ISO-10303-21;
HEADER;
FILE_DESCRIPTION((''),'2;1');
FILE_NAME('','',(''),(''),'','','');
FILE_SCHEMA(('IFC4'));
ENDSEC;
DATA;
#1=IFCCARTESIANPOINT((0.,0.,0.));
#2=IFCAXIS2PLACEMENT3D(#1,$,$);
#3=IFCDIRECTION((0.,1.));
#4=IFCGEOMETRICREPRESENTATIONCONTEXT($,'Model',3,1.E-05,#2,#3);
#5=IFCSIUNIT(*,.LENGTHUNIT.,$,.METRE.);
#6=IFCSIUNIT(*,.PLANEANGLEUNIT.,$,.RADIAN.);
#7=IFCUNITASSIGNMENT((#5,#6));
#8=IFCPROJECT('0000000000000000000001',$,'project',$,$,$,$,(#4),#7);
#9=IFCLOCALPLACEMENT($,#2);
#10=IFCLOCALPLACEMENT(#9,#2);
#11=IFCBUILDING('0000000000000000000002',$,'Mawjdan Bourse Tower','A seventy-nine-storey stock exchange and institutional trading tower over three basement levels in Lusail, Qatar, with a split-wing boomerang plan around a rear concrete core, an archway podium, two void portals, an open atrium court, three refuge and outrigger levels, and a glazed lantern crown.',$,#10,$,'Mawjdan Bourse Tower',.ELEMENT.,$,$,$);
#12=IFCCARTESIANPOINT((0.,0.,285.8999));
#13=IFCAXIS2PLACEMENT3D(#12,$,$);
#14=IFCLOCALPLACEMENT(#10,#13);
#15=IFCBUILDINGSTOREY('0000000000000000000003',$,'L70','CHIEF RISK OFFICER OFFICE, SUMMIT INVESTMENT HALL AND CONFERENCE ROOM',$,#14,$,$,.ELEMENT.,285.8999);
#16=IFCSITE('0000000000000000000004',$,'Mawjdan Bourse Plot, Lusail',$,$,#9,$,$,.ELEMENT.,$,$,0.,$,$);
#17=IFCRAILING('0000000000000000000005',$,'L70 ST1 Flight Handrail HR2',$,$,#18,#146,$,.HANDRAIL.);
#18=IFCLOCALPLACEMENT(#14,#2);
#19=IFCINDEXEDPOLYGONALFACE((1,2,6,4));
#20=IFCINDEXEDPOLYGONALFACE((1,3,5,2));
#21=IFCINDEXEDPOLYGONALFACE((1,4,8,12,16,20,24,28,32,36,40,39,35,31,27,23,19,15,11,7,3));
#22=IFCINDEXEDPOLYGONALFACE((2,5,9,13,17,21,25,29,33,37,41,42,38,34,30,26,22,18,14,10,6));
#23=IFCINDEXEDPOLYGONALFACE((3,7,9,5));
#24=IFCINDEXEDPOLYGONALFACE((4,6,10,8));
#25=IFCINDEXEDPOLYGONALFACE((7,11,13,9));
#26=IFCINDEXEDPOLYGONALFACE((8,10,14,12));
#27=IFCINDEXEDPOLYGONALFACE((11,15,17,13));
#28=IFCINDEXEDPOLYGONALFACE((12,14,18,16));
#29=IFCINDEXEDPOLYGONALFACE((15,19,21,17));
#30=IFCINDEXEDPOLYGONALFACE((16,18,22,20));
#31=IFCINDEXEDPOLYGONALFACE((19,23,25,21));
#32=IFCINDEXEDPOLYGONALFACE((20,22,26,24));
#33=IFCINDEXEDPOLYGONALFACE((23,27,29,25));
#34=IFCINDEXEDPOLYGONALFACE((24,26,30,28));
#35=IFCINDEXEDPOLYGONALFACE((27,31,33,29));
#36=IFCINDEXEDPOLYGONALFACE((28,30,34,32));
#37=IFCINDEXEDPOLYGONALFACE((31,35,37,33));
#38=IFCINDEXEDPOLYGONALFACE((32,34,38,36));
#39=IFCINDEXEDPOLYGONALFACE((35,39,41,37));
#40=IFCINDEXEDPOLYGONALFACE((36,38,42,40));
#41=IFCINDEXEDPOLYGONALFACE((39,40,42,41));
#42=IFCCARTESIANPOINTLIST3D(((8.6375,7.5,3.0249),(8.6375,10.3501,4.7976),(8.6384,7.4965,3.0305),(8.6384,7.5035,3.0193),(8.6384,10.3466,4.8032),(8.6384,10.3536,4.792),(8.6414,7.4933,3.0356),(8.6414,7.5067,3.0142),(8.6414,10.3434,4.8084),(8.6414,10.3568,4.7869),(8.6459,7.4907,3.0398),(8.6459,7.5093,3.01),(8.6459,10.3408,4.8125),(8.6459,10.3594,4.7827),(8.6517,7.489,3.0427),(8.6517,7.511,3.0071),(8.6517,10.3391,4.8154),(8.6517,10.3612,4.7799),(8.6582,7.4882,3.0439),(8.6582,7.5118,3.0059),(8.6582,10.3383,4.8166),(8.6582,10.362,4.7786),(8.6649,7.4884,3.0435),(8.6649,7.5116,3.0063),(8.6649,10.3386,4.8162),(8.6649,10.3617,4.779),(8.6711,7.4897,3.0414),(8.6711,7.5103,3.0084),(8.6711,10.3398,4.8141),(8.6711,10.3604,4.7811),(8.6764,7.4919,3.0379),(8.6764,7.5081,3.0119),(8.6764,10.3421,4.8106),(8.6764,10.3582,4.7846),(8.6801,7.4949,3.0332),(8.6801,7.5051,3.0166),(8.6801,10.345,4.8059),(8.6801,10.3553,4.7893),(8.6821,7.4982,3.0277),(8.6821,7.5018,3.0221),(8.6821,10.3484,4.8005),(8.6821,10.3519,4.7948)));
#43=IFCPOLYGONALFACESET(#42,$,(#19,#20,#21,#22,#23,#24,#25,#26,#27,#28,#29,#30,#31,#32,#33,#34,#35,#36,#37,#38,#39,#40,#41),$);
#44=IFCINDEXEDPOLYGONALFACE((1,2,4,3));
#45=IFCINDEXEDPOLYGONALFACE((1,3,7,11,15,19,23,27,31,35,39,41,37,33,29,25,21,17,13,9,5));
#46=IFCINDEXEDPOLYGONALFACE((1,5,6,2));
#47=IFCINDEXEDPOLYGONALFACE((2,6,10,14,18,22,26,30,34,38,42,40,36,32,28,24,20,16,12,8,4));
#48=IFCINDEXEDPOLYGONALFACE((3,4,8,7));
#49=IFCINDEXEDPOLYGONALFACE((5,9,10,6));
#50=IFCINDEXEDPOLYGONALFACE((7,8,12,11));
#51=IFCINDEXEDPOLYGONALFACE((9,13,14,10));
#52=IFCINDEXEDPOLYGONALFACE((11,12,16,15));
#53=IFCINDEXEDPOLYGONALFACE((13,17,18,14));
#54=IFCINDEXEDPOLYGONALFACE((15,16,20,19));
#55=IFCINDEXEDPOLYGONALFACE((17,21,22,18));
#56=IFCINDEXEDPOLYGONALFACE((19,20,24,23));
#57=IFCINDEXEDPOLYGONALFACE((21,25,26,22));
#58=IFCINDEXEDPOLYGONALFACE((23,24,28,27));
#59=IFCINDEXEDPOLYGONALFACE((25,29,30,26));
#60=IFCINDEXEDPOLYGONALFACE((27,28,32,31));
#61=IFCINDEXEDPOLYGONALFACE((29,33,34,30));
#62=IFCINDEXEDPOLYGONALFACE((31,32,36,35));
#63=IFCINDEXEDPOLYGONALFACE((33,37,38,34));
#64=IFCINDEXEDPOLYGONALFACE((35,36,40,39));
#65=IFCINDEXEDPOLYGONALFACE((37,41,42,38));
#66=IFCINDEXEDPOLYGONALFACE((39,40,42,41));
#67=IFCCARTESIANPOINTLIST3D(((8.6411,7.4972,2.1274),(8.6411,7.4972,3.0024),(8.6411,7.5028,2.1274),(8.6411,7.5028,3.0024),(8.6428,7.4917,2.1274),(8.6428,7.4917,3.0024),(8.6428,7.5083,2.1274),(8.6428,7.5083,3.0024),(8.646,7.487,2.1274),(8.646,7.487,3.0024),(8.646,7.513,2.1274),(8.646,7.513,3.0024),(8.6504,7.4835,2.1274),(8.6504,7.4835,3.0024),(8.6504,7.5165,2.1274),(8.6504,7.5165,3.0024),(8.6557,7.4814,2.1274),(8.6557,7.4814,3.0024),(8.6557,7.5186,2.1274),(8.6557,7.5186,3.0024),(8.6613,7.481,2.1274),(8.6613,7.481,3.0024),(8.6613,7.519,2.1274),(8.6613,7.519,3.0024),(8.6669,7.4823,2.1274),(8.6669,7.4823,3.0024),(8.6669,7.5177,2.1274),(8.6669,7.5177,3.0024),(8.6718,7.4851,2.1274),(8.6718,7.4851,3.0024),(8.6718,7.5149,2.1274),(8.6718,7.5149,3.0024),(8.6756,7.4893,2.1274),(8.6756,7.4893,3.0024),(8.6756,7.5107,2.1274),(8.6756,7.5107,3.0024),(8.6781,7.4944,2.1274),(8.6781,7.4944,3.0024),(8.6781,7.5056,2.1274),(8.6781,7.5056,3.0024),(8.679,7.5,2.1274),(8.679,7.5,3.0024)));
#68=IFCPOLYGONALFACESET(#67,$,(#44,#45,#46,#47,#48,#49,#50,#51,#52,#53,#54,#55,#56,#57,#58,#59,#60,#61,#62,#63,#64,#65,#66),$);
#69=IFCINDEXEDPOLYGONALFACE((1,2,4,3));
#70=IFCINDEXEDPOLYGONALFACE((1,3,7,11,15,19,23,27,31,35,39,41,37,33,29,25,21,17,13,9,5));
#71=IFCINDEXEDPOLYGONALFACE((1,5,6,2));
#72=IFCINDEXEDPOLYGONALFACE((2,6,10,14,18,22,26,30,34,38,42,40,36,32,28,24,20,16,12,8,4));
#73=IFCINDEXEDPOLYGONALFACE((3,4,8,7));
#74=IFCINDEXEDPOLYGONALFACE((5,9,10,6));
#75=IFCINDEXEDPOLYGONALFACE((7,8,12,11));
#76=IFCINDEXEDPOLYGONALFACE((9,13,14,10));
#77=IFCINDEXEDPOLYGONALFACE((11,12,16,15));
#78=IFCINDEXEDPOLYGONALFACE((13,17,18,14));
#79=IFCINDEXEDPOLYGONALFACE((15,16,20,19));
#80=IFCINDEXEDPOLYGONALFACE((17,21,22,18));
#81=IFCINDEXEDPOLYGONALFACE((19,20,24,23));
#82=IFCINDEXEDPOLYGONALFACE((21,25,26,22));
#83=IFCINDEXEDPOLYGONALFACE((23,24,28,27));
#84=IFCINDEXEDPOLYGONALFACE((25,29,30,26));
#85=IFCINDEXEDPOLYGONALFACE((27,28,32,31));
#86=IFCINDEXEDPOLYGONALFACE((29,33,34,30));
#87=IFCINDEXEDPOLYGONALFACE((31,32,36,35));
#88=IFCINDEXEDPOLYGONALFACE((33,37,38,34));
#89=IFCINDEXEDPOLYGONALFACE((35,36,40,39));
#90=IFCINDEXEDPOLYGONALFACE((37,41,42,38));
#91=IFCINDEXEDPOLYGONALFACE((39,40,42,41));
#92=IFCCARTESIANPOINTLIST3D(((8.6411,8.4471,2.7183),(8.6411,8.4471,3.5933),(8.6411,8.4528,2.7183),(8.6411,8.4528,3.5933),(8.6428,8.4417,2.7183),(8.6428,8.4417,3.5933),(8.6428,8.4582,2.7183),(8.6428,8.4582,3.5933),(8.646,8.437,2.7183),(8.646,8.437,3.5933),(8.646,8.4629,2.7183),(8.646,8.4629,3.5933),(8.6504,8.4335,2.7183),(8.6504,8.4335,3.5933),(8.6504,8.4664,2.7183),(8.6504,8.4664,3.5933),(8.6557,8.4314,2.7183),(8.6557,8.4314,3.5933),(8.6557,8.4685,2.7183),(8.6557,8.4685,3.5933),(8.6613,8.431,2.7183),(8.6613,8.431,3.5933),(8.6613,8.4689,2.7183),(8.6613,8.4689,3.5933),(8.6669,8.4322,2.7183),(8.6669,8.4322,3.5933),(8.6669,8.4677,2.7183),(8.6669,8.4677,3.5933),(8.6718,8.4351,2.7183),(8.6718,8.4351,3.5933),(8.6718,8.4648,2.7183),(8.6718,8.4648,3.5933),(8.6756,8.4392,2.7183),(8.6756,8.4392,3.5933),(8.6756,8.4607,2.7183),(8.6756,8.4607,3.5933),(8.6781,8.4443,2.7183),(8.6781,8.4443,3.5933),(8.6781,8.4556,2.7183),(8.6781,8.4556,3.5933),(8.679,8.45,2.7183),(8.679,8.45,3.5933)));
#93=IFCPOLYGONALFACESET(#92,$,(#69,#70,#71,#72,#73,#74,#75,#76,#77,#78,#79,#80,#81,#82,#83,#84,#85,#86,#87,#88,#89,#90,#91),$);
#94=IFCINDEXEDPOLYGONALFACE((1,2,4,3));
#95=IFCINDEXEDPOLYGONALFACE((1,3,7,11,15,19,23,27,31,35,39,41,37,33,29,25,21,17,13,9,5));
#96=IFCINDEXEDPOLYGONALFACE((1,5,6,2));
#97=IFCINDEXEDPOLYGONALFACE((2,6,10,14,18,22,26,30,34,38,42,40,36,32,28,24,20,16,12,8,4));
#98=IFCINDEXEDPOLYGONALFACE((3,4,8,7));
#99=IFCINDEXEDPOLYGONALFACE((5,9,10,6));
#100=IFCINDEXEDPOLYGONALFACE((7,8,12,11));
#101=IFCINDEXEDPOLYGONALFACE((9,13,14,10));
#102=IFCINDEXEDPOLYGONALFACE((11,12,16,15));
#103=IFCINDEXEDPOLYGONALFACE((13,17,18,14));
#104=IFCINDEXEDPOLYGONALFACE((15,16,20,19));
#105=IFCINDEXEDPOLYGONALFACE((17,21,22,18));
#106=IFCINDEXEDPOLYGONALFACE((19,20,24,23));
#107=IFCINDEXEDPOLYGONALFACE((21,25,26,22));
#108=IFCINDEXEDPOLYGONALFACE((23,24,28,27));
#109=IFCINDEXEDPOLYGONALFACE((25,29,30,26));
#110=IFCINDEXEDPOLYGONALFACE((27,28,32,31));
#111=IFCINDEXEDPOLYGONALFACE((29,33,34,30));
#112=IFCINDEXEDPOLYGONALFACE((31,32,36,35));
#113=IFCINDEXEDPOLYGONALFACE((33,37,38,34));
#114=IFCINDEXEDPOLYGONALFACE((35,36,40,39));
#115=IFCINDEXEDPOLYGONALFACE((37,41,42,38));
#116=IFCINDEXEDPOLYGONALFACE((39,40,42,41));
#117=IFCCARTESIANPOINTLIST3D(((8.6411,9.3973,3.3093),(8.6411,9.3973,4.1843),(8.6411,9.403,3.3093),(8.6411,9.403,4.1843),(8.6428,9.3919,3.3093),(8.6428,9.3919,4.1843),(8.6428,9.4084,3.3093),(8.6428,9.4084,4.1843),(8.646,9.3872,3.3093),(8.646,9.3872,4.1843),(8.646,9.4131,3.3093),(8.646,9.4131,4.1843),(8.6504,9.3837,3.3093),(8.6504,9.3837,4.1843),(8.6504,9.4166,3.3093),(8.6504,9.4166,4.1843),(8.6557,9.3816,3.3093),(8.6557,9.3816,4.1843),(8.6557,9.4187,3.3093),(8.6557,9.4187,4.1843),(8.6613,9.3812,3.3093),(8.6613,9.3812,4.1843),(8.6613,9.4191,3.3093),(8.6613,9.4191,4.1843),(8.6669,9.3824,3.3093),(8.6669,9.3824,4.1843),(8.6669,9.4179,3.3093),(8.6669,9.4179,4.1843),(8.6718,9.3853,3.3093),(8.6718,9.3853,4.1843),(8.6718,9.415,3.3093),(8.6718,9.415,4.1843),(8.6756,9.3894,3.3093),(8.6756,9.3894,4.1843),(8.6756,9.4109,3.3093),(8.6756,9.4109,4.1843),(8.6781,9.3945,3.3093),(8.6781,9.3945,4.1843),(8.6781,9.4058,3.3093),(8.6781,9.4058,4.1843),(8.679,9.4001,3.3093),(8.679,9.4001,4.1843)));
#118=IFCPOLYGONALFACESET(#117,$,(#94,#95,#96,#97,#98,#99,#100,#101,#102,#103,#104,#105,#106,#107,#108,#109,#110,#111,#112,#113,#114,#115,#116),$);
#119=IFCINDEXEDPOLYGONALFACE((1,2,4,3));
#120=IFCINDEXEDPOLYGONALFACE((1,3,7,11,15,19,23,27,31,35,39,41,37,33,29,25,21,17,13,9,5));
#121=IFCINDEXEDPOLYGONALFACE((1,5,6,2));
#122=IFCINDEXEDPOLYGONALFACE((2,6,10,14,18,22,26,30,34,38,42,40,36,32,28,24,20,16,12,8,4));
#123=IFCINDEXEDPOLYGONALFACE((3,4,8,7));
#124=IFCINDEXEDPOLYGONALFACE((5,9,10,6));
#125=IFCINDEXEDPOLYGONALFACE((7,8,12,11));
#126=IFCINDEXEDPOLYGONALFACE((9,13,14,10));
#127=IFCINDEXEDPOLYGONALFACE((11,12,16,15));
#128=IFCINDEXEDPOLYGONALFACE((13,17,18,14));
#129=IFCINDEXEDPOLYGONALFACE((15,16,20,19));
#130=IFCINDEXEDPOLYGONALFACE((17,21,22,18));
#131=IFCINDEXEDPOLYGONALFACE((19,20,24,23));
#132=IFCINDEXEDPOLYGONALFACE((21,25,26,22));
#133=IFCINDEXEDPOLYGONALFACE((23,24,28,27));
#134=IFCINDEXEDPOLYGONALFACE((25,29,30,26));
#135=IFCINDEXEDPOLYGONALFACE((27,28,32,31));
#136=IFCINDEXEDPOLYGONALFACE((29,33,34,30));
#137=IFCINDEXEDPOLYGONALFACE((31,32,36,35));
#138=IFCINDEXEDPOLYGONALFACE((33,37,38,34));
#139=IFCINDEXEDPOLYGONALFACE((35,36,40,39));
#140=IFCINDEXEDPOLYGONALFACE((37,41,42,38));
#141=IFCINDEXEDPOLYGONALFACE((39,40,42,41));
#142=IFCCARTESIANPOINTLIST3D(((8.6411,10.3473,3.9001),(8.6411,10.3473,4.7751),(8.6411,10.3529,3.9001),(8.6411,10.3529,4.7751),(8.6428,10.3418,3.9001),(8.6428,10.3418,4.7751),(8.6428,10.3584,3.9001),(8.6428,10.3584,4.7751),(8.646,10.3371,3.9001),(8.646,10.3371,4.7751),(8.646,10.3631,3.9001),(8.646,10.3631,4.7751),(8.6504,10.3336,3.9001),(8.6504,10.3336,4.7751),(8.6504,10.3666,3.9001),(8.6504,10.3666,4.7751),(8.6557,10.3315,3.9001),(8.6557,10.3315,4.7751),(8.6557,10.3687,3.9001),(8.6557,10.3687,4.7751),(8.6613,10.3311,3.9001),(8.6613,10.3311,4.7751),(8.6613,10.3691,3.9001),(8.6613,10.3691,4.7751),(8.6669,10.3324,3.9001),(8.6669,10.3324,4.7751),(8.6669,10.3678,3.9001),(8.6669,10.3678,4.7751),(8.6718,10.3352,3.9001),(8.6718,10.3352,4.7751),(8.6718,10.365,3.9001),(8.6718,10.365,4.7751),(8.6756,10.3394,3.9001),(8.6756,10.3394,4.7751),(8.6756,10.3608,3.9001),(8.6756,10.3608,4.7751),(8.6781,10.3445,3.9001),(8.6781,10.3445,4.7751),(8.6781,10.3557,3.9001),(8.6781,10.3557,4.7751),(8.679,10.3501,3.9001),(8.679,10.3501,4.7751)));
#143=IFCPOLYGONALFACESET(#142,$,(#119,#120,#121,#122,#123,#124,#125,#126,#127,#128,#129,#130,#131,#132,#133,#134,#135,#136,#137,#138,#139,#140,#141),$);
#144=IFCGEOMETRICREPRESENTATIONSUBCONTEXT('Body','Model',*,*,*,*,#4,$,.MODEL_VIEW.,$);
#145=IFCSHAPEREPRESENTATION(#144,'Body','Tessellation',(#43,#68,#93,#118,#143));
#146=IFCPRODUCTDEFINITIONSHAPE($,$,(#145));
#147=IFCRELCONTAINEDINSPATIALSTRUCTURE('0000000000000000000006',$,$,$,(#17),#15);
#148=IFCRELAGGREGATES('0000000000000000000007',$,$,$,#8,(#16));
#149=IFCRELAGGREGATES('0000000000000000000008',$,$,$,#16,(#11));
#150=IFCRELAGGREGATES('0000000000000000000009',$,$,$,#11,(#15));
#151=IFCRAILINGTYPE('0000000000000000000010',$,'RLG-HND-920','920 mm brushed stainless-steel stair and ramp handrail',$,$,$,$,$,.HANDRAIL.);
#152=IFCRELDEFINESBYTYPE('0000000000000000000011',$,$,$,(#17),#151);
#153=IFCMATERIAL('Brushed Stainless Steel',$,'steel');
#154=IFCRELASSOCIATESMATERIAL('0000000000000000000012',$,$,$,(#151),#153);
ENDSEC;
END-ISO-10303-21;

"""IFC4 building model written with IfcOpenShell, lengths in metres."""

from ifc_helpers import new_model, si_unit, direction, frame, origin, origin_2d, place, context, subcontext, project, spatial, circle, extrude, material, type_object, element, save


model = new_model("IFC4")

# Units and contexts
model_context = context("Model", 3, precision=1e-05, world=origin(), true_north=direction((0.0, 1.0)))
body_context = subcontext(model_context, "Body", "Model", "MODEL_VIEW")
ifc_project = project(units=[si_unit("LENGTHUNIT", "METRE"), si_unit("PLANEANGLEUNIT", "RADIAN")], contexts=[model_context])

# Site, building, storey
site_placement = place(None, origin())
site = spatial("IfcSite", under=ifc_project, at=site_placement, Name="Mawjdan Bourse Plot, Lusail", CompositionType="ELEMENT", RefElevation=0.0)
building_placement = place(site_placement, origin())
building = spatial("IfcBuilding", under=site, at=building_placement, Name="Mawjdan Bourse Tower", Description="A seventy-nine-storey stock exchange and institutional trading tower over three basement levels in Lusail, Qatar, with a split-wing boomerang plan around a rear concrete core, an archway podium, two void portals, an open atrium court, three refuge and outrigger levels, and a glazed lantern crown.", LongName="Mawjdan Bourse Tower", CompositionType="ELEMENT")
storey_placement = place(building_placement, frame((0.0, 0.0, 285.8999)))
storey = spatial("IfcBuildingStorey", under=building, at=storey_placement, Name="L70", Description="CHIEF RISK OFFICER OFFICE, SUMMIT INVESTMENT HALL AND CONFERENCE ROOM", CompositionType="ELEMENT", Elevation=285.8999)

# Railing
ifc_material_1 = material(Name="Brushed Stainless Steel", Category="steel")
railing_type_1 = type_object("IfcRailingType", Name="RLG-HND-920", Description="920 mm brushed stainless-steel stair and ramp handrail", PredefinedType="HANDRAIL", material=ifc_material_1)
railing_1_placement = place(storey_placement, frame((8.6599, 7.5, 2.1274)))
element("IfcRailing", 1, at=railing_1_placement, inside=storey, type_object=railing_type_1, Name="L70 ST1 Flight Handrail HR2", PredefinedType="HANDRAIL", context=body_context, shape_type="SweptSolid", body=[
    extrude(circle(Radius=0.0225, at=origin_2d()), frame((0.0, 0.0, 0.8975), z_axis=(0.0, 0.849149, 0.528154), x_axis=(-1.0, 0.0, 0.0)), (0.0, 0.0, 1.0), 3.3564),
    extrude(circle(Radius=0.019, at=origin_2d()), origin(), (0.0, 0.0, 1.0), 0.875),
    extrude(circle(Radius=0.019, at=origin_2d()), frame((0.0, 0.95, 0.5908)), (0.0, 0.0, 1.0), 0.875),
    extrude(circle(Radius=0.019, at=origin_2d()), frame((0.0, 1.9001, 1.1819)), (0.0, 0.0, 1.0), 0.875),
    extrude(circle(Radius=0.019, at=origin_2d()), frame((0.0, 2.8501, 1.7727)), (0.0, 0.0, 1.0), 0.875),
])

save(model, "model.ifc")
